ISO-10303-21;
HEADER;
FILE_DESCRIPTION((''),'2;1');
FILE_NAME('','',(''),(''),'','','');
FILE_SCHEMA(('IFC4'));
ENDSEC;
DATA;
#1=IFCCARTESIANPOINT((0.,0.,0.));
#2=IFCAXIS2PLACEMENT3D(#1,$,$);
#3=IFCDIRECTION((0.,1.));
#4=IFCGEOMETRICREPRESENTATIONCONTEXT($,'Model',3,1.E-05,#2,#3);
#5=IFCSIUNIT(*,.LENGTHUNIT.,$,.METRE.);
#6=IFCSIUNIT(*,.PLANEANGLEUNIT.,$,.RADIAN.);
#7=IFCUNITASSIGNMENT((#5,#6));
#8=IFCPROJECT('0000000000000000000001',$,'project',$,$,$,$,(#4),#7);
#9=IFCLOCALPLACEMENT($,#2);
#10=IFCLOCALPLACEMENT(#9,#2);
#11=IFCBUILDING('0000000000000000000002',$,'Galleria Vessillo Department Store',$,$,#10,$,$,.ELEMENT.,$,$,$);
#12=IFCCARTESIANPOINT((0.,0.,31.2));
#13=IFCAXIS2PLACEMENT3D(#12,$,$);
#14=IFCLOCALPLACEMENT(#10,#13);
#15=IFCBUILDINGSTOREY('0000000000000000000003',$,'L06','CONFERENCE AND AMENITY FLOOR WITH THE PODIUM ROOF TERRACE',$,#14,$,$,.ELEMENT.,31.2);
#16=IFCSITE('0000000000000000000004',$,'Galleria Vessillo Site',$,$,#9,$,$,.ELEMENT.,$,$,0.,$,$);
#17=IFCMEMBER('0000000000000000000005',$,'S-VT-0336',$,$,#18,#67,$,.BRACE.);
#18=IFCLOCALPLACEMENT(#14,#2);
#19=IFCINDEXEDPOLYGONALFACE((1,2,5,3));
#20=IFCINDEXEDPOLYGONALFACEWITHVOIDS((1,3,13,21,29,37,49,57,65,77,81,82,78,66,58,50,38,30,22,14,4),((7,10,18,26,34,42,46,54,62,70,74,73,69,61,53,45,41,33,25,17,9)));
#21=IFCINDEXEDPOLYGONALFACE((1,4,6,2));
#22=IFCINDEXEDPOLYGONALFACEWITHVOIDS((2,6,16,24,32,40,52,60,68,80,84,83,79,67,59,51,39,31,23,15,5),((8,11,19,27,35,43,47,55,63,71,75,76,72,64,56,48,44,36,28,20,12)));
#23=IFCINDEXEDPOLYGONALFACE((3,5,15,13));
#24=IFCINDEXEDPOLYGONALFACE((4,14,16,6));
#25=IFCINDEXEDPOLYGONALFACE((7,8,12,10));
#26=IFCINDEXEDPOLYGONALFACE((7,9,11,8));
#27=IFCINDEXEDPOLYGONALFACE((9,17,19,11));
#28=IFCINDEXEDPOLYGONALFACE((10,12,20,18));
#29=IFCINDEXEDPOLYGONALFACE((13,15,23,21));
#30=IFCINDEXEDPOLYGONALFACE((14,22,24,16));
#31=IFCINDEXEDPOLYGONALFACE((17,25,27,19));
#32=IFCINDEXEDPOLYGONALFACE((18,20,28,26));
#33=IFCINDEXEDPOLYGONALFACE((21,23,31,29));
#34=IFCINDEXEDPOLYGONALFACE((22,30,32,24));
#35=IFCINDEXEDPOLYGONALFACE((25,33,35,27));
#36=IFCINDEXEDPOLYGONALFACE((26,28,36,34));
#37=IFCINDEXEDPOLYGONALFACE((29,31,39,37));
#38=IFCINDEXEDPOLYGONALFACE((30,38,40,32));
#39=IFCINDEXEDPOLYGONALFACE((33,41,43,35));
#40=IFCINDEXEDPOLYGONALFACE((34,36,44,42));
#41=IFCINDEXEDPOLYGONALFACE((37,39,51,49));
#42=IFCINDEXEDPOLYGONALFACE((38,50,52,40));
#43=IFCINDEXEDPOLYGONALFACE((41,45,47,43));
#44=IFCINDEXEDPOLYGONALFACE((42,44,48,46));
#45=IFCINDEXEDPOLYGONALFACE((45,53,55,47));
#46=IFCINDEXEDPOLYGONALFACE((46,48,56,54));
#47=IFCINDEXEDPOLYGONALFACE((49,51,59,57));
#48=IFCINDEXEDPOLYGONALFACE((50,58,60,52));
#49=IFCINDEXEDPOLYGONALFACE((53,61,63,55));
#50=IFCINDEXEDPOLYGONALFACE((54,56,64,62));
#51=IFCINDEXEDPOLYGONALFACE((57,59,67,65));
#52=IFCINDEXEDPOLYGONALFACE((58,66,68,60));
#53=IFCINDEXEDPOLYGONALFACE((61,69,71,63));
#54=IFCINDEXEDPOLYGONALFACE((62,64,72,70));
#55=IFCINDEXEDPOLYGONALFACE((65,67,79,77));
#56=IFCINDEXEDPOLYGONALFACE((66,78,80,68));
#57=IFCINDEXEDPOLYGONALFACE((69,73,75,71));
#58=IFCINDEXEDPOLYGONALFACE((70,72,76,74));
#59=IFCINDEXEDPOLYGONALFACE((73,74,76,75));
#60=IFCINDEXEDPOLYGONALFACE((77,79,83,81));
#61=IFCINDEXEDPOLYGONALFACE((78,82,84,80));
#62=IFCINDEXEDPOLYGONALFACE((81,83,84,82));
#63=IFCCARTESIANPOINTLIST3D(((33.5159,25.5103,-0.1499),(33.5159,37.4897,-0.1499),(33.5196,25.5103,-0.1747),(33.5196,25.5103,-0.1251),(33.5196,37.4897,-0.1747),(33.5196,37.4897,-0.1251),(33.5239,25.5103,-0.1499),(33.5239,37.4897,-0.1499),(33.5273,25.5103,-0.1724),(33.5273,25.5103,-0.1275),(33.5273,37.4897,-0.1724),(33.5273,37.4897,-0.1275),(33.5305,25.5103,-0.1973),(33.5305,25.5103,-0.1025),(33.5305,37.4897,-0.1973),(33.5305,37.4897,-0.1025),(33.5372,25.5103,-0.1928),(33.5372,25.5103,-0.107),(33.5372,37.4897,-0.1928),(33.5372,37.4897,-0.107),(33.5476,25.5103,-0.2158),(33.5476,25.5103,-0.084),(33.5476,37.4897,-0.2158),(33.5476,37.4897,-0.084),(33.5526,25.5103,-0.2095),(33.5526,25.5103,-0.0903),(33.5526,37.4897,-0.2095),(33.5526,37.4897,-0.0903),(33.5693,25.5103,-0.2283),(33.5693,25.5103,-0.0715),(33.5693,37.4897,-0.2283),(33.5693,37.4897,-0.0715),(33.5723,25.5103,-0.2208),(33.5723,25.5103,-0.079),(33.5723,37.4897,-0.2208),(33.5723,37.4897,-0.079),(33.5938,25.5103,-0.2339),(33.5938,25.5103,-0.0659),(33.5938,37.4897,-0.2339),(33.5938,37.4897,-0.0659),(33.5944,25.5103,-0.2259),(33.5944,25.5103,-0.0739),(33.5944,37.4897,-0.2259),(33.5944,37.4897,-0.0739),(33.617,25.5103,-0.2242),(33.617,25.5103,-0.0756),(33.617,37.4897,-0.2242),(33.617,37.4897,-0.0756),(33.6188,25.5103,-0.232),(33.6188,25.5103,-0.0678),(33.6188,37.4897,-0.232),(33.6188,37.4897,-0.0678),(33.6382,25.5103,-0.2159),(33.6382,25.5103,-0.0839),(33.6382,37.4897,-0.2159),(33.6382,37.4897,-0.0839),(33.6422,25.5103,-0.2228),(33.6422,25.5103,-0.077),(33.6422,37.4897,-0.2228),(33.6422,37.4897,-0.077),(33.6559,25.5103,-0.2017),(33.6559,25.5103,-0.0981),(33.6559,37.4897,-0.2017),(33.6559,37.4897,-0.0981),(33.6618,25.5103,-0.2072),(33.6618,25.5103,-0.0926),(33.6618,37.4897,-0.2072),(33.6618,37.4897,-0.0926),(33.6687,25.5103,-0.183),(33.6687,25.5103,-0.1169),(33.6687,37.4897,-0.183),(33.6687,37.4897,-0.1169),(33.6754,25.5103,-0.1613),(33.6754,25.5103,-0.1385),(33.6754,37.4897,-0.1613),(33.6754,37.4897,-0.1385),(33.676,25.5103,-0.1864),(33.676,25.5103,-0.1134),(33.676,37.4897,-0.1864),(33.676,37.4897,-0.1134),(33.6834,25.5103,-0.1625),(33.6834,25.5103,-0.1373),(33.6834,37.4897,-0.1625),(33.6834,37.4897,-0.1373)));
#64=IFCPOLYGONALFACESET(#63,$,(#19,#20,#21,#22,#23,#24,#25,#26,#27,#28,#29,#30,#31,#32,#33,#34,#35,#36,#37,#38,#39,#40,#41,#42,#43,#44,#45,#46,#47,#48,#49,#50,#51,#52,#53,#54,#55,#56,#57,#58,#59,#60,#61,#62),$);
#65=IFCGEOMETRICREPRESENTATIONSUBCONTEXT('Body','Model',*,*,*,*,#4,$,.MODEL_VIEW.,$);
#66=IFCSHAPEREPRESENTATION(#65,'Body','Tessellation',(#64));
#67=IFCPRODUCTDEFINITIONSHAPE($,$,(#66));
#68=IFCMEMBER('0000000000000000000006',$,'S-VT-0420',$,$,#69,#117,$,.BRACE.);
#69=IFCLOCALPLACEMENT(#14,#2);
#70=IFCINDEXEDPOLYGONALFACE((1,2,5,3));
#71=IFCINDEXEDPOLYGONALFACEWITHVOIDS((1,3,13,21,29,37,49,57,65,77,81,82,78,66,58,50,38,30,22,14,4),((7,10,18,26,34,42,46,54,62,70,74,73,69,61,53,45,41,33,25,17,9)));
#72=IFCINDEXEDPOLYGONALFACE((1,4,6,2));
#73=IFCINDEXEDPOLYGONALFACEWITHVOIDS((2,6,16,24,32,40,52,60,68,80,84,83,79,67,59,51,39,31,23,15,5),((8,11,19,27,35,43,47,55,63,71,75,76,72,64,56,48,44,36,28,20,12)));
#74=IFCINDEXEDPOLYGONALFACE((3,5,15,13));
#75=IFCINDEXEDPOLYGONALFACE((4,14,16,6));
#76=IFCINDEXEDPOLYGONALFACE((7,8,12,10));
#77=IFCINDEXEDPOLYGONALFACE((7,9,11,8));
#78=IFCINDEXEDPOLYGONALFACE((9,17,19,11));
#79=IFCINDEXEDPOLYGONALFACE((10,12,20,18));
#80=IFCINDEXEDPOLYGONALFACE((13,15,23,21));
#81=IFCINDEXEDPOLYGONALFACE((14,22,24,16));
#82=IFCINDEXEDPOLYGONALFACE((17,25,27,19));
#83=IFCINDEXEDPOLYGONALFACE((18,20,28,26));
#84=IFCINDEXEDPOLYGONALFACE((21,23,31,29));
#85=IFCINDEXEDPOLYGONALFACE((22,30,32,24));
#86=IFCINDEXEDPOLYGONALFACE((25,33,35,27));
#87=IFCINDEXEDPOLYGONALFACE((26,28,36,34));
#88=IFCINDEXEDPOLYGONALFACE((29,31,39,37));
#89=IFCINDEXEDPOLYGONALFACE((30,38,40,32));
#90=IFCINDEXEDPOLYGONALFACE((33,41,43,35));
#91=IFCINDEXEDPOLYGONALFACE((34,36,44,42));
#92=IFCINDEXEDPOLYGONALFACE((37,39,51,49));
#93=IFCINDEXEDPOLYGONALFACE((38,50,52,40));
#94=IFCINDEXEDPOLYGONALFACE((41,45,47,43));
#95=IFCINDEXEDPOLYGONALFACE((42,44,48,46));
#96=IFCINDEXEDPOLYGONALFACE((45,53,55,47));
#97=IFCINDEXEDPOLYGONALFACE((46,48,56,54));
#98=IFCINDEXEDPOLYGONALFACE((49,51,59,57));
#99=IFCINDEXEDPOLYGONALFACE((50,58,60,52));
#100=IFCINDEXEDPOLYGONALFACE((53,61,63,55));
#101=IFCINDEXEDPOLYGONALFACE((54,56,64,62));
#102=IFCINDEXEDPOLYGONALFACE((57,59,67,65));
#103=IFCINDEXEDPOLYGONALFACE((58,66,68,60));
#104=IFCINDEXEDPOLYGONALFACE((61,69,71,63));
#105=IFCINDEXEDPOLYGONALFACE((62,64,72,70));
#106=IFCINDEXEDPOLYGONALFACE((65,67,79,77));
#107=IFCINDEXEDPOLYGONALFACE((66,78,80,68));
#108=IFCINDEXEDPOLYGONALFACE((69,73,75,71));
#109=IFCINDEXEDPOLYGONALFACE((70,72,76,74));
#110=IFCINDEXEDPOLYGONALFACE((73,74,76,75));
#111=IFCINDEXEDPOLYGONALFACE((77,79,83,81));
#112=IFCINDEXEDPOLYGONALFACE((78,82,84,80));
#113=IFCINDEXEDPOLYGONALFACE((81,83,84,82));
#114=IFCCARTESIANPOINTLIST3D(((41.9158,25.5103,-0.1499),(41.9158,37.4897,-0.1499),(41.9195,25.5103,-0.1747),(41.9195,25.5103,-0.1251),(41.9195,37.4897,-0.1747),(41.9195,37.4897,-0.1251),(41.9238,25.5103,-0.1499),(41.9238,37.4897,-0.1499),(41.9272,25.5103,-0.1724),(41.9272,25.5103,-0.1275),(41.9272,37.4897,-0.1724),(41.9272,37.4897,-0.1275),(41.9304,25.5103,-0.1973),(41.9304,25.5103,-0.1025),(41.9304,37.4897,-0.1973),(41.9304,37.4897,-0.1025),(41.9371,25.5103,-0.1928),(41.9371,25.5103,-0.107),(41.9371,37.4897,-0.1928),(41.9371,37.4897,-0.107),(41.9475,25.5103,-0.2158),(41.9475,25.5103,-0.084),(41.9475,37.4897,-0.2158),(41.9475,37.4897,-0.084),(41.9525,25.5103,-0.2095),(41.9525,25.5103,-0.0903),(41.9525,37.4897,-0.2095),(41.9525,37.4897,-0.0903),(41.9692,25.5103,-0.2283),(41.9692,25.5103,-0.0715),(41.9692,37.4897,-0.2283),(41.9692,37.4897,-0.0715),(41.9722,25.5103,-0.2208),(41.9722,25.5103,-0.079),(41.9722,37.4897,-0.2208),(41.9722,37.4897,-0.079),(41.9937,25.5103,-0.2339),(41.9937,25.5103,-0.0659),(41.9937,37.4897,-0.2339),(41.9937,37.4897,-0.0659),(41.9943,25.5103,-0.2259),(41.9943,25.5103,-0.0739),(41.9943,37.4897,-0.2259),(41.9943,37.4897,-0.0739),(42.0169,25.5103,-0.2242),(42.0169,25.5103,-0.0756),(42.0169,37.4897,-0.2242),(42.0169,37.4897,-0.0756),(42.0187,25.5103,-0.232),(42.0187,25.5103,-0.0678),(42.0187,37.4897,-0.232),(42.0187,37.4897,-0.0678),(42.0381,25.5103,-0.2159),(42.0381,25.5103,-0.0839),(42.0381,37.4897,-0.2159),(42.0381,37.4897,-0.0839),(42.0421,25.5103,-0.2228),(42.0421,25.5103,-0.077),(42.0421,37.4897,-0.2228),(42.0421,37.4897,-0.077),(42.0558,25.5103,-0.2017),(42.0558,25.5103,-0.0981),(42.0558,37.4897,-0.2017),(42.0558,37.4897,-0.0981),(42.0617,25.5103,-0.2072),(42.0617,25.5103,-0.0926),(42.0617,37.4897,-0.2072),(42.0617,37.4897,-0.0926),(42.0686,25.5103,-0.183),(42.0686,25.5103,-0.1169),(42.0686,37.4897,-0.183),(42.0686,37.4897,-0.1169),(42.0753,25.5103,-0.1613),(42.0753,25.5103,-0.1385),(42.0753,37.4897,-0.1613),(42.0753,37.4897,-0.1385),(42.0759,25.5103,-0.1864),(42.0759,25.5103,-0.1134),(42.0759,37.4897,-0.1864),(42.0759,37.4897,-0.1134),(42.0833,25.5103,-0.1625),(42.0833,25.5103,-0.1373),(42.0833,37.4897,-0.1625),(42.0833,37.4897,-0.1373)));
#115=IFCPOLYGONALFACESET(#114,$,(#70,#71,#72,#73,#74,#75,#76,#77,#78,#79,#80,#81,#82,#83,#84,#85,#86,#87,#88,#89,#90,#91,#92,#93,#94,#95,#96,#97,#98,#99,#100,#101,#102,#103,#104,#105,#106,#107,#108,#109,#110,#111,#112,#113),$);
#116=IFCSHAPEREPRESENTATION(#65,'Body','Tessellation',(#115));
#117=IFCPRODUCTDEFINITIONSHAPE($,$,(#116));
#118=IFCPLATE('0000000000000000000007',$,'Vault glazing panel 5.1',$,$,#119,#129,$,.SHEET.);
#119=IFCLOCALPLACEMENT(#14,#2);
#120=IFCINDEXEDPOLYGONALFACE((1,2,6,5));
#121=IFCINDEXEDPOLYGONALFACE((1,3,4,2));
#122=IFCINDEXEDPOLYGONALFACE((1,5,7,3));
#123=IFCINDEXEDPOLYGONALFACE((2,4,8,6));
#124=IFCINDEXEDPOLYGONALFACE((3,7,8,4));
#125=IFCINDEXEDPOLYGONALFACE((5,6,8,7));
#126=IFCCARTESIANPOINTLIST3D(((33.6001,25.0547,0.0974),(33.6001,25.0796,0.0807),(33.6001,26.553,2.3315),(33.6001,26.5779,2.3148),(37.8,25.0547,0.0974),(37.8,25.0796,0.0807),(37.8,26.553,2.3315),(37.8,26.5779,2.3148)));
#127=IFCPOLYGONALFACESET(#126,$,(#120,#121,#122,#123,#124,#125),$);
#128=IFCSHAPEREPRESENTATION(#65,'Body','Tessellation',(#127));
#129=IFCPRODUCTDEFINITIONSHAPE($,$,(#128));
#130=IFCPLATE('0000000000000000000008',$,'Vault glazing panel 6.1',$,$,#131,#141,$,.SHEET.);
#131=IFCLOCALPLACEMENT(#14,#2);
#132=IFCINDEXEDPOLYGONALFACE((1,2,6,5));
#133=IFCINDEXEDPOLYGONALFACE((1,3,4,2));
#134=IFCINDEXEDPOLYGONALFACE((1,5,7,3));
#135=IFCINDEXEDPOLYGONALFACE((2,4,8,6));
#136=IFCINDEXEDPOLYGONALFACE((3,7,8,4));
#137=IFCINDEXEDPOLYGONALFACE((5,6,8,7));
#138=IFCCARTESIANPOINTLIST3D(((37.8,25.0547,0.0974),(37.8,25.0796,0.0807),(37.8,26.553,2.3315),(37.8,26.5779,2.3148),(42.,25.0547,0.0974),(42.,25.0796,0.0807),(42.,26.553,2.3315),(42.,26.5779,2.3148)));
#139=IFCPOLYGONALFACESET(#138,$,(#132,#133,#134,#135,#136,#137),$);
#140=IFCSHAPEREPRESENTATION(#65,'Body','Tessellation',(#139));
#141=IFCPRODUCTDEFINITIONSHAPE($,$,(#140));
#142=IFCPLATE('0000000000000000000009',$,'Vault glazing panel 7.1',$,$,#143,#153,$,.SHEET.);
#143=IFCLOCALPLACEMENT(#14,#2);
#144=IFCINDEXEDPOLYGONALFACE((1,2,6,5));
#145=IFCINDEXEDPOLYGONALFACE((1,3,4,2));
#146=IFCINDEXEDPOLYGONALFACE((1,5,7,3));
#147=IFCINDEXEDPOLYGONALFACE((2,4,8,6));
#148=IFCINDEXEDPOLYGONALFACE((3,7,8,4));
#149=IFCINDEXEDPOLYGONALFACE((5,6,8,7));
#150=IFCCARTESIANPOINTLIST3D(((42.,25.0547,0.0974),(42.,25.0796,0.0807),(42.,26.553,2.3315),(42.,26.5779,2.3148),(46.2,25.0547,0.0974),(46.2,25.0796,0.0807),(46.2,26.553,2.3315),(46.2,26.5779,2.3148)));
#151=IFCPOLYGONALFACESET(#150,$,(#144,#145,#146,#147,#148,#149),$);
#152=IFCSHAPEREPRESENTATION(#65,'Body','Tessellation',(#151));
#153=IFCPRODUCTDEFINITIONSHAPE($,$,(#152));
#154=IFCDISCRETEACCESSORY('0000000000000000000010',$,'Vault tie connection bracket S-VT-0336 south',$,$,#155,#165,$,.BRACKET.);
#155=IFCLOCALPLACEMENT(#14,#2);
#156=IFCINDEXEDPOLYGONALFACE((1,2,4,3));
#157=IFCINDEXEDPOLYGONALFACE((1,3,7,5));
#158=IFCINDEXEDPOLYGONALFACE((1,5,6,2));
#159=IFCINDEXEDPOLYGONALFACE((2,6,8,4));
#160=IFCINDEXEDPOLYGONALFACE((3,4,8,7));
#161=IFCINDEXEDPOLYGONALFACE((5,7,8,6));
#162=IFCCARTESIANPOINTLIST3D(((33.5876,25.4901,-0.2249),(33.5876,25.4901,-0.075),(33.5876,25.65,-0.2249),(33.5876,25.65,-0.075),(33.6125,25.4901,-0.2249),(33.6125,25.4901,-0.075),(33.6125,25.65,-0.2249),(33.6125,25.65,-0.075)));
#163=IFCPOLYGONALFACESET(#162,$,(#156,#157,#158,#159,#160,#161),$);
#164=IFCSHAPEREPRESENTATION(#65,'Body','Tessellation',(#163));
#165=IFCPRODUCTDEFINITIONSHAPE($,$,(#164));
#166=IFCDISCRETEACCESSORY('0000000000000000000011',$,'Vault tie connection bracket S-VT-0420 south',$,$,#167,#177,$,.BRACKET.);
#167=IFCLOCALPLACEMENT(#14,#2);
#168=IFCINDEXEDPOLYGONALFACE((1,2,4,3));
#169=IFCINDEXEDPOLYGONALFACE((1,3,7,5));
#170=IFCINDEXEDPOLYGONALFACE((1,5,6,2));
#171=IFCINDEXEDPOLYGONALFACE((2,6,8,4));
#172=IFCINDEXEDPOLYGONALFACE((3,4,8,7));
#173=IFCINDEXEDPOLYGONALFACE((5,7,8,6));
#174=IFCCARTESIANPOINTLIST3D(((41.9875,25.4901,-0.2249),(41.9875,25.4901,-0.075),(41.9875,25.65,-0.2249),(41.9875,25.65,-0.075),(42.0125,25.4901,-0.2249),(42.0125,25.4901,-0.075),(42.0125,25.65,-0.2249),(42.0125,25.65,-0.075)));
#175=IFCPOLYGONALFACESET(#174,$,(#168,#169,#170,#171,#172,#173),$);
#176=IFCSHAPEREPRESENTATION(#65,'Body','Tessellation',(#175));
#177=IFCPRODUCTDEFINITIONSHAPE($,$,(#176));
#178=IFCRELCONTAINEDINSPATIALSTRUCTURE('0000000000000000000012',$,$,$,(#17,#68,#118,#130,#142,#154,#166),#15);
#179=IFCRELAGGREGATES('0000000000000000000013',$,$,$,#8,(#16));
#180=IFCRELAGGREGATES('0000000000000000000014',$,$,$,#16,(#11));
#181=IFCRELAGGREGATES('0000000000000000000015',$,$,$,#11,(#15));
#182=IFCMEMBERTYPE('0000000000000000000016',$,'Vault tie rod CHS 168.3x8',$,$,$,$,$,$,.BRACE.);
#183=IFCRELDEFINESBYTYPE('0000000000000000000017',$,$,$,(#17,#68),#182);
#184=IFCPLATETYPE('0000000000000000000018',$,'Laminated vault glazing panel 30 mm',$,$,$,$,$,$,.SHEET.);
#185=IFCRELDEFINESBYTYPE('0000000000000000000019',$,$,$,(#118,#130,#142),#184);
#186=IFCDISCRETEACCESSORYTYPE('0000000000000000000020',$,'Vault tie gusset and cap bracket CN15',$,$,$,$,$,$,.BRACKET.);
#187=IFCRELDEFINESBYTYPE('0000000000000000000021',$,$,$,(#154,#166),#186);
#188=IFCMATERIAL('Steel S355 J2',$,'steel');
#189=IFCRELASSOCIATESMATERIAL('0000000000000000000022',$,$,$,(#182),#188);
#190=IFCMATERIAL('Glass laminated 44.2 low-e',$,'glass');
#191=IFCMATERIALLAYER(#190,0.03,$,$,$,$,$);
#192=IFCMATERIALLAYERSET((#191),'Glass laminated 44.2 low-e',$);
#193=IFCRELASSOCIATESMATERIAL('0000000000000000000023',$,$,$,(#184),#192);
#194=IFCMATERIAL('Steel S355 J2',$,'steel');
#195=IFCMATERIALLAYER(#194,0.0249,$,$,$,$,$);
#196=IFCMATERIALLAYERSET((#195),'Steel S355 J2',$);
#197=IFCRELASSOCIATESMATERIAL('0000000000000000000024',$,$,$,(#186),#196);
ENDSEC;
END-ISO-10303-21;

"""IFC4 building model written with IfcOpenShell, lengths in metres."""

from ifc_helpers import new_model, si_unit, direction, frame, origin, origin_2d, place, context, subcontext, project, spatial, polyline, rectangle, hollow_circle, outline, extrude, material, layer, layer_set, material_profile, profile_set, type_object, element, save


model = new_model("IFC4")

# Units and contexts
model_context = context("Model", 3, precision=1e-05, world=origin(), true_north=direction((0.0, 1.0)))
body_context = subcontext(model_context, "Body", "Model", "MODEL_VIEW")
ifc_project = project(units=[si_unit("LENGTHUNIT", "METRE"), si_unit("PLANEANGLEUNIT", "RADIAN")], contexts=[model_context])

# Site, building, storey
site_placement = place(None, origin())
site = spatial("IfcSite", under=ifc_project, at=site_placement, Name="Galleria Vessillo Site", CompositionType="ELEMENT", RefElevation=0.0)
building_placement = place(site_placement, origin())
building = spatial("IfcBuilding", under=site, at=building_placement, Name="Galleria Vessillo Department Store", CompositionType="ELEMENT")
storey_placement = place(building_placement, frame((0.0, 0.0, 31.2)))
storey = spatial("IfcBuildingStorey", under=building, at=storey_placement, Name="L06", Description="CONFERENCE AND AMENITY FLOOR WITH THE PODIUM ROOF TERRACE", CompositionType="ELEMENT", Elevation=31.2)

# Members
ifc_material_1 = material(Name="Steel S355 J2", Category="steel")
ifc_material_profile_1 = material_profile(ifc_material_1, hollow_circle(Radius=0.0842, WallThickness=0.0081, at=origin_2d()), Name="CHS 168.3x8")
ifc_profile_set_1 = profile_set([ifc_material_profile_1], Name="Steel S355 J2")
member_type_1 = type_object("IfcMemberType", Name="Vault tie rod CHS 168.3x8", PredefinedType="BRACE", material=ifc_profile_set_1)
for number, where, z_axis, x_axis, name in (
    (1, (33.6001, 25.5103, -0.1499), (0.0, 1.0, 0.0), (-1.0, 0.0, 0.0), "S-VT-0336"),
    (2, (42.0, 25.5103, -0.1499), (0.0, 1.0, 0.0), (-1.0, 0.0, 0.0), "S-VT-0420"),
):
    element("IfcMember", number, at=place(storey_placement, frame(where, z_axis=z_axis, x_axis=x_axis)), inside=storey, type_object=member_type_1, Name=name, PredefinedType="BRACE", context=body_context, shape_type="SweptSolid", body=[
        extrude(hollow_circle(Radius=0.0842, WallThickness=0.0081, at=origin_2d()), origin(), (0.0, 0.0, 1.0), 11.9795),
    ])

# Plates
ifc_material_2 = material(Name="Glass laminated 44.2 low-e", Category="glass")
ifc_layer_1 = layer(ifc_material_2, 0.03)
ifc_layer_set_1 = layer_set([ifc_layer_1], Name="Glass laminated 44.2 low-e")
plate_type = type_object("IfcPlateType", Name="Laminated vault glazing panel 30 mm", PredefinedType="SHEET", material=ifc_layer_set_1)
for number, where, z_axis, x_axis, name in (
    (3, (33.6001, 25.0547, 0.0974), (0.0, -0.830525, 0.556981), (1.0, 0.0, 0.0), "Vault glazing panel 5.1"),
    (4, (37.8, 25.0547, 0.0974), (0.0, -0.830525, 0.556981), (1.0, 0.0, 0.0), "Vault glazing panel 6.1"),
    (5, (42.0, 25.0547, 0.0974), (0.0, -0.830525, 0.556981), (1.0, 0.0, 0.0), "Vault glazing panel 7.1"),
):
    element("IfcPlate", number, at=place(storey_placement, frame(where, z_axis=z_axis, x_axis=x_axis)), inside=storey, type_object=plate_type, Name=name, PredefinedType="SHEET", context=body_context, shape_type="SweptSolid", body=[
        extrude(outline(polyline([(0.0, 0.0), (4.2, 0.0), (4.2, 2.69), (0.0, 2.69), (0.0, 0.0)])), origin(), (0.0, 0.0, -1.0), 0.03),
    ])

# Discrete accessories
ifc_material_3 = material(Name="Steel S355 J2", Category="steel")
ifc_layer_2 = layer(ifc_material_3, 0.0249)
ifc_layer_set_2 = layer_set([ifc_layer_2], Name="Steel S355 J2")
discrete_accessory_type = type_object("IfcDiscreteAccessoryType", Name="Vault tie gusset and cap bracket CN15", PredefinedType="BRACKET", material=ifc_layer_set_2)
for number, where, z_axis, x_axis, name in (
    (6, (33.6001, 25.5701, -0.2249), (0.0, 0.0, 1.0), (1.0, 0.0, 0.0), "Vault tie connection bracket S-VT-0336 south"),
    (7, (42.0, 25.5701, -0.2249), (0.0, 0.0, 1.0), (1.0, 0.0, 0.0), "Vault tie connection bracket S-VT-0420 south"),
):
    element("IfcDiscreteAccessory", number, at=place(storey_placement, frame(where, z_axis=z_axis, x_axis=x_axis)), inside=storey, type_object=discrete_accessory_type, Name=name, PredefinedType="BRACKET", context=body_context, shape_type="SweptSolid", body=[
        extrude(rectangle(XDim=0.0249, YDim=0.1599, at=origin_2d()), origin(), (0.0, 0.0, 1.0), 0.1499),
    ])

save(model, "model.ifc")
